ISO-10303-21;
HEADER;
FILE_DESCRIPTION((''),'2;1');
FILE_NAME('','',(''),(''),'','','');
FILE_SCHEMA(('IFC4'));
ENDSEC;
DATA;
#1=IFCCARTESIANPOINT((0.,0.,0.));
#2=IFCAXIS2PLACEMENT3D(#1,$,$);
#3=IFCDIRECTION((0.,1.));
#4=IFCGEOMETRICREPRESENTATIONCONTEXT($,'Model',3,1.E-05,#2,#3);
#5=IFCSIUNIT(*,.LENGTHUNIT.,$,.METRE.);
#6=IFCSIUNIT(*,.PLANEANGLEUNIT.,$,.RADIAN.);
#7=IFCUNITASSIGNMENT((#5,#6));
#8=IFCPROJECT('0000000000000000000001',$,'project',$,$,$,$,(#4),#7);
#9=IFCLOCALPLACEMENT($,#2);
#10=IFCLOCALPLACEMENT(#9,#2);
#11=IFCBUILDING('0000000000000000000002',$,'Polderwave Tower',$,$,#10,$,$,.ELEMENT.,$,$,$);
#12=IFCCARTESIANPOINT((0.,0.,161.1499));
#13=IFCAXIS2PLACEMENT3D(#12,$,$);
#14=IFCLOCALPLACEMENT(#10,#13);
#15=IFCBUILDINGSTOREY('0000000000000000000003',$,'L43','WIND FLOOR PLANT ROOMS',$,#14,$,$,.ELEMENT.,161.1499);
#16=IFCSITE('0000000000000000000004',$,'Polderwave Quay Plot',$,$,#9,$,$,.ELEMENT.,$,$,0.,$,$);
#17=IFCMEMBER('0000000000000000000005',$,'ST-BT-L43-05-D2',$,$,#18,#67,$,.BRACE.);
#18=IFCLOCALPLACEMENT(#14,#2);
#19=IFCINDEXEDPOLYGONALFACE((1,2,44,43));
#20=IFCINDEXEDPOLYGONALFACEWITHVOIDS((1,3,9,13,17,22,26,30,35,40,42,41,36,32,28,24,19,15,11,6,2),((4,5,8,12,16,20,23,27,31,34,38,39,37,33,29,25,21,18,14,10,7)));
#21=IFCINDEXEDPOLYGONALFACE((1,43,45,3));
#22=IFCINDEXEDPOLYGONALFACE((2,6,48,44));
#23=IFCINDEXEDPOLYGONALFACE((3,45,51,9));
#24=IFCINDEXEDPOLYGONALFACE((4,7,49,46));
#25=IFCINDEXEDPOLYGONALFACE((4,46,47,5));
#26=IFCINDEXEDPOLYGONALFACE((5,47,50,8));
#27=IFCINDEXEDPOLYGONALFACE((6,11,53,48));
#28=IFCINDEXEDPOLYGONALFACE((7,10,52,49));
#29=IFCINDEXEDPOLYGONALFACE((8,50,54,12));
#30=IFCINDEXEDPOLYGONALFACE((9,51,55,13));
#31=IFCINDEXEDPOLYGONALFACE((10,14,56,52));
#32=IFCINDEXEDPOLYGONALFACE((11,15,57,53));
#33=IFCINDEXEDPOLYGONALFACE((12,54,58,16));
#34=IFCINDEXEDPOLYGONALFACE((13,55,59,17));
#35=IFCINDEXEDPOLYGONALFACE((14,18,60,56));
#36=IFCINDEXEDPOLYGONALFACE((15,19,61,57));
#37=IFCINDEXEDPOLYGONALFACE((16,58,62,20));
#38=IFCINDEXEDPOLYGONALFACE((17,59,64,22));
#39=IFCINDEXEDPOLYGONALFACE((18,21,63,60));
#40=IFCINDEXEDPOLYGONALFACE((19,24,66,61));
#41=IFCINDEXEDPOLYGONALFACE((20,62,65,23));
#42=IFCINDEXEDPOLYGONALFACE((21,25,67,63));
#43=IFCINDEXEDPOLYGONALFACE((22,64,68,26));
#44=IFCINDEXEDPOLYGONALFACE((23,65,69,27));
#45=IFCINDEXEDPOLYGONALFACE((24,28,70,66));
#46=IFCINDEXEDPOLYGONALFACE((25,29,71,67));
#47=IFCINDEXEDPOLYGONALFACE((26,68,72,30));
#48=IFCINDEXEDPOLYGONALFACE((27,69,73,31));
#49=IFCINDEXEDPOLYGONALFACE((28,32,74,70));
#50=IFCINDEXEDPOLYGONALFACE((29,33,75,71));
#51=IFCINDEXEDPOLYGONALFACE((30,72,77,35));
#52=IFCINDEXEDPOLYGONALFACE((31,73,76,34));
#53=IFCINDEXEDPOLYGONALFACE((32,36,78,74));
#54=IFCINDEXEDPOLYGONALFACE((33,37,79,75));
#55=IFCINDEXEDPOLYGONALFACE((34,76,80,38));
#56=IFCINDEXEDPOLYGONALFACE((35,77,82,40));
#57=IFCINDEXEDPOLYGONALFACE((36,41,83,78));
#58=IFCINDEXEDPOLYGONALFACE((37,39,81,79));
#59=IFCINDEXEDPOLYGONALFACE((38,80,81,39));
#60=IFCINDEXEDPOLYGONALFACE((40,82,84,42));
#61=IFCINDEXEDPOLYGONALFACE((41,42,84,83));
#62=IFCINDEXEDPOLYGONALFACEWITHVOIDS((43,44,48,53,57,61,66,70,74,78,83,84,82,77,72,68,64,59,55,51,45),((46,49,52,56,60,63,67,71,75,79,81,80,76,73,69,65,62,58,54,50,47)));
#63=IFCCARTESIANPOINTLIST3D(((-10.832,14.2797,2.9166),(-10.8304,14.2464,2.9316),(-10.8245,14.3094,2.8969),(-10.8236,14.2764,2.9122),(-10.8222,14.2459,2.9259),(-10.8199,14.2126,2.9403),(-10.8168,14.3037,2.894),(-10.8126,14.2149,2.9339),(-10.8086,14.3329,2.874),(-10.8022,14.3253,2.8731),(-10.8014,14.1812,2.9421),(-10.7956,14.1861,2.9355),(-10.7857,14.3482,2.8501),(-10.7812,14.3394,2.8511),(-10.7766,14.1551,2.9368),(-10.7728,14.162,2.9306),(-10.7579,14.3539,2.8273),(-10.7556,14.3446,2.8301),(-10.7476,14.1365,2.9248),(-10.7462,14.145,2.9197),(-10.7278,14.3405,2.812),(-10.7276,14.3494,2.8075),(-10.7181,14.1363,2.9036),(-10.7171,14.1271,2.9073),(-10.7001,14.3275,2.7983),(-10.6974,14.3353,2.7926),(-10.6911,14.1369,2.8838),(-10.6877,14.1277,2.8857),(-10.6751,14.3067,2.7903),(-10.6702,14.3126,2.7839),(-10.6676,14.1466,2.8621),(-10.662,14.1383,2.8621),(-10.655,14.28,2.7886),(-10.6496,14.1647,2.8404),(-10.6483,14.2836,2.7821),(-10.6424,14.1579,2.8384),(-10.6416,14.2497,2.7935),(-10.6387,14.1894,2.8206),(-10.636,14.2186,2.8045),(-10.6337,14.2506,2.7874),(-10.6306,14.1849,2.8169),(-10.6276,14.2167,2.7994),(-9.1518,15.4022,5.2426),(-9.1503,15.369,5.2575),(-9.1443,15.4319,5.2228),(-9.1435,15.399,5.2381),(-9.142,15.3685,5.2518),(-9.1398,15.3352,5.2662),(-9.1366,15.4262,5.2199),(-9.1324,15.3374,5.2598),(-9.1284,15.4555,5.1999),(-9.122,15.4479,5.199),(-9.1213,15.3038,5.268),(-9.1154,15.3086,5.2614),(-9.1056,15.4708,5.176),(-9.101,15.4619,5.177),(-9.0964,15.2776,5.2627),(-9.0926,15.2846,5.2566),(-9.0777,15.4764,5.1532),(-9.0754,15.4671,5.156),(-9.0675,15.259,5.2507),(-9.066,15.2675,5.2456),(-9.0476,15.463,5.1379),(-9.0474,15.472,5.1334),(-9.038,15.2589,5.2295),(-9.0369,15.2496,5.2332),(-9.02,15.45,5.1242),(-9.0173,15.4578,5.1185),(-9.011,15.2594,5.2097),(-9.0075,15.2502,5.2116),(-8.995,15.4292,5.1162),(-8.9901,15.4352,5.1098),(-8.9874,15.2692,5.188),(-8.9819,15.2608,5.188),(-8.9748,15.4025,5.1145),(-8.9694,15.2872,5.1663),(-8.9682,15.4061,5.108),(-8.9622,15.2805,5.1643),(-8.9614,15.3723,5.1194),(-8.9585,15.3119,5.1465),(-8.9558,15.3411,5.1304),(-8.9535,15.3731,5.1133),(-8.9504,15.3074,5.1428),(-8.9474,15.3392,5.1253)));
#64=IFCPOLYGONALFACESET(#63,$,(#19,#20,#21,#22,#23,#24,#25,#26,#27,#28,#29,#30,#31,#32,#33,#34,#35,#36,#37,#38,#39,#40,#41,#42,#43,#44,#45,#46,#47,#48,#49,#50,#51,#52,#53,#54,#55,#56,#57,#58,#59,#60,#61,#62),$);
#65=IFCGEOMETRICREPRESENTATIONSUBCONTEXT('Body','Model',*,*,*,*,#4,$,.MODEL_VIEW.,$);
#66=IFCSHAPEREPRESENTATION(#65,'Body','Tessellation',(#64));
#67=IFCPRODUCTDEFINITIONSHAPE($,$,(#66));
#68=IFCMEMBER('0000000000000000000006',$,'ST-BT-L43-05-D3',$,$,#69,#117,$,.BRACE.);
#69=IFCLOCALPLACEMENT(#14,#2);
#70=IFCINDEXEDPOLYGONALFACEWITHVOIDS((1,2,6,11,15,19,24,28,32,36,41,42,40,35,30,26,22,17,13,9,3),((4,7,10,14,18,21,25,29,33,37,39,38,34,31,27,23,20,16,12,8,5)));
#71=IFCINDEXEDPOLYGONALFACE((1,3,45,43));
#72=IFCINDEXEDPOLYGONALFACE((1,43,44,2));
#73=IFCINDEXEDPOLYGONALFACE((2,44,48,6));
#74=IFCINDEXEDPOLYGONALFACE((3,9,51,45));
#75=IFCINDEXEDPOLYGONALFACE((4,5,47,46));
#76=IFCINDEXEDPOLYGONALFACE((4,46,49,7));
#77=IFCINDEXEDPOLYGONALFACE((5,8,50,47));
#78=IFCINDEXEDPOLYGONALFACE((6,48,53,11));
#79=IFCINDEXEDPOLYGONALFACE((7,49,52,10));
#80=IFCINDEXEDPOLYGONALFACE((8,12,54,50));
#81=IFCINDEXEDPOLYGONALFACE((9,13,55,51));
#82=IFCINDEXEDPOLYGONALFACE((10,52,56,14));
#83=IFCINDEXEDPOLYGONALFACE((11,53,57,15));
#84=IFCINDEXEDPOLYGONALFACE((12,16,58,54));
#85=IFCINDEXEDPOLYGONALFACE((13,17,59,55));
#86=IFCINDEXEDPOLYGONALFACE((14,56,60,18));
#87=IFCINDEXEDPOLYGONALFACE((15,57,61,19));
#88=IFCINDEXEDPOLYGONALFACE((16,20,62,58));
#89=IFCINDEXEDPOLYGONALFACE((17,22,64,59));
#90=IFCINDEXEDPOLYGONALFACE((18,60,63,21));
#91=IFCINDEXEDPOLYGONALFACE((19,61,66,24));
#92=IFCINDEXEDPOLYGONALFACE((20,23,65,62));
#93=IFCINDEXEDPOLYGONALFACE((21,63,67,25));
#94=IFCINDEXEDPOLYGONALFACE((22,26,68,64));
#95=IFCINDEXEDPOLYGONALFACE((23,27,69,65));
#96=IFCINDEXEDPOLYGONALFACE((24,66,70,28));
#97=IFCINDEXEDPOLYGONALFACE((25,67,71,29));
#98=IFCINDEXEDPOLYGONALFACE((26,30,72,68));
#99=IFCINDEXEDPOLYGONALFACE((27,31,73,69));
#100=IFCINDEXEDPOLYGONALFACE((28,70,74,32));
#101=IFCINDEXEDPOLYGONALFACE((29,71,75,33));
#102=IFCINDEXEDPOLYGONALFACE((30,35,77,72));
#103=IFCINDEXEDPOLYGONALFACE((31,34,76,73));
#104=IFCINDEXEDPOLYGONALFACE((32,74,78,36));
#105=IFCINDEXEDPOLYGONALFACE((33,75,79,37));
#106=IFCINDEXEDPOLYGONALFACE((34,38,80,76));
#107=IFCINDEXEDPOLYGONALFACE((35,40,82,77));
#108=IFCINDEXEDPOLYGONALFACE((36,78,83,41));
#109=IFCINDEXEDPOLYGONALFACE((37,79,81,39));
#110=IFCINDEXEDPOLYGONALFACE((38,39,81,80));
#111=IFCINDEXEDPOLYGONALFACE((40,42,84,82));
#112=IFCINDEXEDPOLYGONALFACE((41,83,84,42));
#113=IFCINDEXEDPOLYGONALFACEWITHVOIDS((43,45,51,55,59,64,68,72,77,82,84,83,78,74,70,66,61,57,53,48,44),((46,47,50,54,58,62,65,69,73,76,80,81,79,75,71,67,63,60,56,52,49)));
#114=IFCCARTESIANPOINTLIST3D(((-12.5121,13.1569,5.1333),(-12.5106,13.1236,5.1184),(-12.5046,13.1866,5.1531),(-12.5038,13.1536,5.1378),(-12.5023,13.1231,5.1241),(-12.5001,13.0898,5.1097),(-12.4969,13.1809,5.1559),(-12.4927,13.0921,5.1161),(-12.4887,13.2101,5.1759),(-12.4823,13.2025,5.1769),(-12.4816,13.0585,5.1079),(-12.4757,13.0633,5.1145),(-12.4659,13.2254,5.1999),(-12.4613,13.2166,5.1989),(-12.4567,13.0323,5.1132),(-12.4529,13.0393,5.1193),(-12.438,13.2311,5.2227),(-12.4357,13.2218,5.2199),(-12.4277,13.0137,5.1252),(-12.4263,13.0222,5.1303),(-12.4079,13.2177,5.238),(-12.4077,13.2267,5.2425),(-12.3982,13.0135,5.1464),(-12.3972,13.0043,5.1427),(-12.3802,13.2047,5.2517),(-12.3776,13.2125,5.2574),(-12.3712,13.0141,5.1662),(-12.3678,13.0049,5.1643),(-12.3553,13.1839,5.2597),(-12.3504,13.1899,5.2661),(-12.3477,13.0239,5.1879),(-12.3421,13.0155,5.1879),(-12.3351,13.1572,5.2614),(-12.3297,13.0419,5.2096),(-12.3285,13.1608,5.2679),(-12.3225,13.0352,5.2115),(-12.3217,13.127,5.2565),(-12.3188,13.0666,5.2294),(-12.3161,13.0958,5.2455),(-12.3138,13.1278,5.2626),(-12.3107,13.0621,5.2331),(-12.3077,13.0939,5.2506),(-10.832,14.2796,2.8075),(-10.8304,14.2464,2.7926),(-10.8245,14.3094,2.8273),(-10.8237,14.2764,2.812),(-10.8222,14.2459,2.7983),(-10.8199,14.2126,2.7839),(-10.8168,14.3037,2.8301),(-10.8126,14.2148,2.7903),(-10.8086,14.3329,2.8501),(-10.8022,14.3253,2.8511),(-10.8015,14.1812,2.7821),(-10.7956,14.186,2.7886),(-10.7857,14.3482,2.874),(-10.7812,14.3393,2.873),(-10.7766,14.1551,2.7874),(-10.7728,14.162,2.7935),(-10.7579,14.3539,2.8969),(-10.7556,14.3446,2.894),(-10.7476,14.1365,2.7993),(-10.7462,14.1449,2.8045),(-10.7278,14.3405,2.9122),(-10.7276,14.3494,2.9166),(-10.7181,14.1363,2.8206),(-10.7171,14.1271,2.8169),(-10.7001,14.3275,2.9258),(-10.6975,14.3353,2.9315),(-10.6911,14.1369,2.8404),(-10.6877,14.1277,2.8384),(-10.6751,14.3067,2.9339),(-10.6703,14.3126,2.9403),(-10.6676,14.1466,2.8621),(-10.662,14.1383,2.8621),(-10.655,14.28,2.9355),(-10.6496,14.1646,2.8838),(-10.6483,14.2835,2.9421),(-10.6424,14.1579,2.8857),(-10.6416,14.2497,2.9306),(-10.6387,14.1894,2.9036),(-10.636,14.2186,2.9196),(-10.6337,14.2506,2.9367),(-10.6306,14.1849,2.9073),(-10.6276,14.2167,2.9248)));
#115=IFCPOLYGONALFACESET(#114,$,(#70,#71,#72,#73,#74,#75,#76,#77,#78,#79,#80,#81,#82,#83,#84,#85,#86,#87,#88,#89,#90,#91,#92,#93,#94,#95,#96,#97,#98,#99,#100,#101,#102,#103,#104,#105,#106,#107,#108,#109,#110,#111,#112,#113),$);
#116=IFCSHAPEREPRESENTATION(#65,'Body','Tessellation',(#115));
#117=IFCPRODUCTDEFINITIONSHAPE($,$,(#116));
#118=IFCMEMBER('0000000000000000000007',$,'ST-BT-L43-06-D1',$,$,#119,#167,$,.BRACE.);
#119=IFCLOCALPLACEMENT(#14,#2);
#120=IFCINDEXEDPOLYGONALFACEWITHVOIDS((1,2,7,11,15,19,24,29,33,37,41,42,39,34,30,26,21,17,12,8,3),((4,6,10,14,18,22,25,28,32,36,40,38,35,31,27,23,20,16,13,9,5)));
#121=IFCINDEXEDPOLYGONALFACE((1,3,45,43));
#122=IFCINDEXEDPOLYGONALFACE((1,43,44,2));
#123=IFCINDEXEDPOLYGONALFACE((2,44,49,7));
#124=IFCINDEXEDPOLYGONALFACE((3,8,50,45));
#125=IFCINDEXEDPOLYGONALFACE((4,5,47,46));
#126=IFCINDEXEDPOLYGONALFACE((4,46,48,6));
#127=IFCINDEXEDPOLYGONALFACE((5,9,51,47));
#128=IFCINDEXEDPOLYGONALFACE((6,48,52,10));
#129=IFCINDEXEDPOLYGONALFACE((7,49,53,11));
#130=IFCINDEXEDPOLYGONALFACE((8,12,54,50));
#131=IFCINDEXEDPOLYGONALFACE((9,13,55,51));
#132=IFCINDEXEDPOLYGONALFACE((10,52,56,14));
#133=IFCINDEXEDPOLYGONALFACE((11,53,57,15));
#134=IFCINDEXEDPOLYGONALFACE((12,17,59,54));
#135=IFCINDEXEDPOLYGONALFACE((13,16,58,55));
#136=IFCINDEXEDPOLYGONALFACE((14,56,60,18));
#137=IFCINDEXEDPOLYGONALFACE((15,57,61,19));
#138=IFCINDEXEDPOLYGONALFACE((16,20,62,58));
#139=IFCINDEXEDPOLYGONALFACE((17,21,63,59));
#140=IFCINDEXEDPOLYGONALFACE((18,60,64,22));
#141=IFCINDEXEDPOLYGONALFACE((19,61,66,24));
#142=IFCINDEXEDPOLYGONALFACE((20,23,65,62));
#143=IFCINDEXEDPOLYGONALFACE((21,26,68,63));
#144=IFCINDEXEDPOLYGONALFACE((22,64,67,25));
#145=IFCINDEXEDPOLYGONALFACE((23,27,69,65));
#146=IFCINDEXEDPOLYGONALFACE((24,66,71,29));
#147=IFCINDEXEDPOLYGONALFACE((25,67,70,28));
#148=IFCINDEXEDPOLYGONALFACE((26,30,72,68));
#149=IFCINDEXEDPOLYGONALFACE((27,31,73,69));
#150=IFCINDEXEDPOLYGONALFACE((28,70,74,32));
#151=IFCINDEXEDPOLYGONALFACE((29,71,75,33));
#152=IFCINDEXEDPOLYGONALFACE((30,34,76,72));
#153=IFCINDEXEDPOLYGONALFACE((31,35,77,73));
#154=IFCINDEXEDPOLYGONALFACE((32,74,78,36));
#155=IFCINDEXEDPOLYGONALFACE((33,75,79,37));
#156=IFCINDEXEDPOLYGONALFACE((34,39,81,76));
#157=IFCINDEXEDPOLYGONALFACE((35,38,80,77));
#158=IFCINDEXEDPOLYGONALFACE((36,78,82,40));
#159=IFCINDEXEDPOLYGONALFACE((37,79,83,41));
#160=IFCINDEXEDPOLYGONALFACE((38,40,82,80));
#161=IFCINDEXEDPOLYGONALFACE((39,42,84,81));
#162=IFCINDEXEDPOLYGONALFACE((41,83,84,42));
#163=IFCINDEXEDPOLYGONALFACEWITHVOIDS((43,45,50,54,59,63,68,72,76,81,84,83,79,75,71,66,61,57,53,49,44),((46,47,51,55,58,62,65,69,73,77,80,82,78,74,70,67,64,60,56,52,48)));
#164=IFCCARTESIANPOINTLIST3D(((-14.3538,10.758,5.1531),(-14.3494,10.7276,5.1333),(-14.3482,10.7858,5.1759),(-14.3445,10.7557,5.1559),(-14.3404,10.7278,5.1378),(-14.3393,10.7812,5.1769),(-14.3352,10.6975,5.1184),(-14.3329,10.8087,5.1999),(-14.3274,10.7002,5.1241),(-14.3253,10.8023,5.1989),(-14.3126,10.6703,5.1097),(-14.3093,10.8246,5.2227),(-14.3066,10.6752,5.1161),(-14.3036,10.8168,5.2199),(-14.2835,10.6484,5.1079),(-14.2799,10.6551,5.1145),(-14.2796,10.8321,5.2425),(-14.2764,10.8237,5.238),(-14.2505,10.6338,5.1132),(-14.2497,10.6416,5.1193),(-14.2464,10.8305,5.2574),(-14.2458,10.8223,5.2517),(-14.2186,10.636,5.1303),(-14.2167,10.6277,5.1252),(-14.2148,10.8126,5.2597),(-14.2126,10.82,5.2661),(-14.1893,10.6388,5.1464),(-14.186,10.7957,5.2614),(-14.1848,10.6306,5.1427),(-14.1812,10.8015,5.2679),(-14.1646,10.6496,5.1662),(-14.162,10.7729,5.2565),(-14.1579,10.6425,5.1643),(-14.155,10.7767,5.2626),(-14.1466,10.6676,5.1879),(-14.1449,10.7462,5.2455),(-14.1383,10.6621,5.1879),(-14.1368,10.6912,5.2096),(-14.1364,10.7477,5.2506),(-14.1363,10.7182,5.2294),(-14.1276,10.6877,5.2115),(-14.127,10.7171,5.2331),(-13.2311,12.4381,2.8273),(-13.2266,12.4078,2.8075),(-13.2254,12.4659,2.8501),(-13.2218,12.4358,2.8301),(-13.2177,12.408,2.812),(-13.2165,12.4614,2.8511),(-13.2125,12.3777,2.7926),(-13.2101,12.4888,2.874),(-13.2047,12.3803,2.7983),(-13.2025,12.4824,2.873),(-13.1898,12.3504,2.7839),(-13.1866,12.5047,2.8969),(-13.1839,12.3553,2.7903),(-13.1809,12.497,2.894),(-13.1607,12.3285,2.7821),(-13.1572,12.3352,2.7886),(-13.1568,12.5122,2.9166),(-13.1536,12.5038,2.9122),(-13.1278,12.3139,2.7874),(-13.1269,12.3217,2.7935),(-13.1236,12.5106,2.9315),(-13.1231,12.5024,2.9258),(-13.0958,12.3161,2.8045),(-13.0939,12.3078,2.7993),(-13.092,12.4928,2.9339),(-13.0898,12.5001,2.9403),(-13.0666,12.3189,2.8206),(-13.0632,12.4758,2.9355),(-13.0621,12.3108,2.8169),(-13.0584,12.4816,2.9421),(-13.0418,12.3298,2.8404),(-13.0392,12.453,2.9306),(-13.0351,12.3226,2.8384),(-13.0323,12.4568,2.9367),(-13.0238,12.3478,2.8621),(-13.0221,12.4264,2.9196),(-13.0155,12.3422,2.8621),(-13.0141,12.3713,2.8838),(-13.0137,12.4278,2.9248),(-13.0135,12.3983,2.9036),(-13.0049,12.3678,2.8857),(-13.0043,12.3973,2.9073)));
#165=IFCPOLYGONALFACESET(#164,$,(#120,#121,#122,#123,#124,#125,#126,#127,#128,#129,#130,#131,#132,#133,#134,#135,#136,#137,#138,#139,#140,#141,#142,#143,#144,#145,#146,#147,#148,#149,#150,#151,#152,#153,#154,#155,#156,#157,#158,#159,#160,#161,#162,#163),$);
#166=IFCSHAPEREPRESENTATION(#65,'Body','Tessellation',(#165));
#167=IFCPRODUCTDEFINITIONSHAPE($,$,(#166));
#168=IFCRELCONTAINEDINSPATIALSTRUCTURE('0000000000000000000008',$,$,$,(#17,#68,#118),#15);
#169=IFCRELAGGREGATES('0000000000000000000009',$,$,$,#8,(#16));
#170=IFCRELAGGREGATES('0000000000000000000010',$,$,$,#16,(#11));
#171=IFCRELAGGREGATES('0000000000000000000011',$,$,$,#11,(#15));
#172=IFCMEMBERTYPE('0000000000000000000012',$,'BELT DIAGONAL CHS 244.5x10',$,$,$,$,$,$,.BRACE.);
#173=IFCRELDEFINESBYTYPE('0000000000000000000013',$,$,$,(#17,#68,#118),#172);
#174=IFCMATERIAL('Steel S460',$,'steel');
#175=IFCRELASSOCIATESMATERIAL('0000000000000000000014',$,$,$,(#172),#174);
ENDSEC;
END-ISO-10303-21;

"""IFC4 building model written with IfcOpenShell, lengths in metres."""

from ifc_helpers import new_model, si_unit, direction, frame, origin, origin_2d, place, context, subcontext, project, spatial, hollow_circle, extrude, material, material_profile, profile_set, type_object, element, save


model = new_model("IFC4")

# Units and contexts
model_context = context("Model", 3, precision=1e-05, world=origin(), true_north=direction((0.0, 1.0)))
body_context = subcontext(model_context, "Body", "Model", "MODEL_VIEW")
ifc_project = project(units=[si_unit("LENGTHUNIT", "METRE"), si_unit("PLANEANGLEUNIT", "RADIAN")], contexts=[model_context])

# Site, building, storey
site_placement = place(None, origin())
site = spatial("IfcSite", under=ifc_project, at=site_placement, Name="Polderwave Quay Plot", CompositionType="ELEMENT", RefElevation=0.0)
building_placement = place(site_placement, origin())
building = spatial("IfcBuilding", under=site, at=building_placement, Name="Polderwave Tower", CompositionType="ELEMENT")
storey_placement = place(building_placement, frame((0.0, 0.0, 161.1499)))
storey = spatial("IfcBuildingStorey", under=building, at=storey_placement, Name="L43", Description="WIND FLOOR PLANT ROOMS", CompositionType="ELEMENT", Elevation=161.1499)

# Members
ifc_material_1 = material(Name="Steel S460", Category="steel")
ifc_material_profile_1 = material_profile(ifc_material_1, hollow_circle(Radius=0.1223, WallThickness=0.01, at=origin_2d()), Name="CHS 244.5x10")
ifc_profile_set_1 = profile_set([ifc_material_profile_1], Name="Steel S460")
member_type_1 = type_object("IfcMemberType", Name="BELT DIAGONAL CHS 244.5x10", PredefinedType="BRACE", material=ifc_profile_set_1)
for number, where, z_axis, x_axis, name in (
    (1, (-9.0498, 15.3625, 5.188), (-0.54532, -0.364339, -0.754906), (0.555536, -0.831492, 0.0), "ST-BT-L43-05-D2"),
    (2, (-10.73, 14.24, 2.8621), (-0.545304, -0.364408, 0.754884), (0.55562, -0.831436, 0.0), "ST-BT-L43-05-D3"),
    (3, (-13.1172, 12.4102, 2.8621), (-0.364408, -0.545304, 0.754884), (0.831436, -0.55562, 0.0), "ST-BT-L43-06-D1"),
):
    element("IfcMember", number, at=place(storey_placement, frame(where, z_axis=z_axis, x_axis=x_axis)), inside=storey, type_object=member_type_1, Name=name, PredefinedType="BRACE", context=body_context, shape_type="SweptSolid", body=[
        extrude(hollow_circle(Radius=0.1223, WallThickness=0.01, at=origin_2d()), origin(), (0.0, 0.0, 1.0), 3.0811),
    ])

save(model, "model.ifc")
